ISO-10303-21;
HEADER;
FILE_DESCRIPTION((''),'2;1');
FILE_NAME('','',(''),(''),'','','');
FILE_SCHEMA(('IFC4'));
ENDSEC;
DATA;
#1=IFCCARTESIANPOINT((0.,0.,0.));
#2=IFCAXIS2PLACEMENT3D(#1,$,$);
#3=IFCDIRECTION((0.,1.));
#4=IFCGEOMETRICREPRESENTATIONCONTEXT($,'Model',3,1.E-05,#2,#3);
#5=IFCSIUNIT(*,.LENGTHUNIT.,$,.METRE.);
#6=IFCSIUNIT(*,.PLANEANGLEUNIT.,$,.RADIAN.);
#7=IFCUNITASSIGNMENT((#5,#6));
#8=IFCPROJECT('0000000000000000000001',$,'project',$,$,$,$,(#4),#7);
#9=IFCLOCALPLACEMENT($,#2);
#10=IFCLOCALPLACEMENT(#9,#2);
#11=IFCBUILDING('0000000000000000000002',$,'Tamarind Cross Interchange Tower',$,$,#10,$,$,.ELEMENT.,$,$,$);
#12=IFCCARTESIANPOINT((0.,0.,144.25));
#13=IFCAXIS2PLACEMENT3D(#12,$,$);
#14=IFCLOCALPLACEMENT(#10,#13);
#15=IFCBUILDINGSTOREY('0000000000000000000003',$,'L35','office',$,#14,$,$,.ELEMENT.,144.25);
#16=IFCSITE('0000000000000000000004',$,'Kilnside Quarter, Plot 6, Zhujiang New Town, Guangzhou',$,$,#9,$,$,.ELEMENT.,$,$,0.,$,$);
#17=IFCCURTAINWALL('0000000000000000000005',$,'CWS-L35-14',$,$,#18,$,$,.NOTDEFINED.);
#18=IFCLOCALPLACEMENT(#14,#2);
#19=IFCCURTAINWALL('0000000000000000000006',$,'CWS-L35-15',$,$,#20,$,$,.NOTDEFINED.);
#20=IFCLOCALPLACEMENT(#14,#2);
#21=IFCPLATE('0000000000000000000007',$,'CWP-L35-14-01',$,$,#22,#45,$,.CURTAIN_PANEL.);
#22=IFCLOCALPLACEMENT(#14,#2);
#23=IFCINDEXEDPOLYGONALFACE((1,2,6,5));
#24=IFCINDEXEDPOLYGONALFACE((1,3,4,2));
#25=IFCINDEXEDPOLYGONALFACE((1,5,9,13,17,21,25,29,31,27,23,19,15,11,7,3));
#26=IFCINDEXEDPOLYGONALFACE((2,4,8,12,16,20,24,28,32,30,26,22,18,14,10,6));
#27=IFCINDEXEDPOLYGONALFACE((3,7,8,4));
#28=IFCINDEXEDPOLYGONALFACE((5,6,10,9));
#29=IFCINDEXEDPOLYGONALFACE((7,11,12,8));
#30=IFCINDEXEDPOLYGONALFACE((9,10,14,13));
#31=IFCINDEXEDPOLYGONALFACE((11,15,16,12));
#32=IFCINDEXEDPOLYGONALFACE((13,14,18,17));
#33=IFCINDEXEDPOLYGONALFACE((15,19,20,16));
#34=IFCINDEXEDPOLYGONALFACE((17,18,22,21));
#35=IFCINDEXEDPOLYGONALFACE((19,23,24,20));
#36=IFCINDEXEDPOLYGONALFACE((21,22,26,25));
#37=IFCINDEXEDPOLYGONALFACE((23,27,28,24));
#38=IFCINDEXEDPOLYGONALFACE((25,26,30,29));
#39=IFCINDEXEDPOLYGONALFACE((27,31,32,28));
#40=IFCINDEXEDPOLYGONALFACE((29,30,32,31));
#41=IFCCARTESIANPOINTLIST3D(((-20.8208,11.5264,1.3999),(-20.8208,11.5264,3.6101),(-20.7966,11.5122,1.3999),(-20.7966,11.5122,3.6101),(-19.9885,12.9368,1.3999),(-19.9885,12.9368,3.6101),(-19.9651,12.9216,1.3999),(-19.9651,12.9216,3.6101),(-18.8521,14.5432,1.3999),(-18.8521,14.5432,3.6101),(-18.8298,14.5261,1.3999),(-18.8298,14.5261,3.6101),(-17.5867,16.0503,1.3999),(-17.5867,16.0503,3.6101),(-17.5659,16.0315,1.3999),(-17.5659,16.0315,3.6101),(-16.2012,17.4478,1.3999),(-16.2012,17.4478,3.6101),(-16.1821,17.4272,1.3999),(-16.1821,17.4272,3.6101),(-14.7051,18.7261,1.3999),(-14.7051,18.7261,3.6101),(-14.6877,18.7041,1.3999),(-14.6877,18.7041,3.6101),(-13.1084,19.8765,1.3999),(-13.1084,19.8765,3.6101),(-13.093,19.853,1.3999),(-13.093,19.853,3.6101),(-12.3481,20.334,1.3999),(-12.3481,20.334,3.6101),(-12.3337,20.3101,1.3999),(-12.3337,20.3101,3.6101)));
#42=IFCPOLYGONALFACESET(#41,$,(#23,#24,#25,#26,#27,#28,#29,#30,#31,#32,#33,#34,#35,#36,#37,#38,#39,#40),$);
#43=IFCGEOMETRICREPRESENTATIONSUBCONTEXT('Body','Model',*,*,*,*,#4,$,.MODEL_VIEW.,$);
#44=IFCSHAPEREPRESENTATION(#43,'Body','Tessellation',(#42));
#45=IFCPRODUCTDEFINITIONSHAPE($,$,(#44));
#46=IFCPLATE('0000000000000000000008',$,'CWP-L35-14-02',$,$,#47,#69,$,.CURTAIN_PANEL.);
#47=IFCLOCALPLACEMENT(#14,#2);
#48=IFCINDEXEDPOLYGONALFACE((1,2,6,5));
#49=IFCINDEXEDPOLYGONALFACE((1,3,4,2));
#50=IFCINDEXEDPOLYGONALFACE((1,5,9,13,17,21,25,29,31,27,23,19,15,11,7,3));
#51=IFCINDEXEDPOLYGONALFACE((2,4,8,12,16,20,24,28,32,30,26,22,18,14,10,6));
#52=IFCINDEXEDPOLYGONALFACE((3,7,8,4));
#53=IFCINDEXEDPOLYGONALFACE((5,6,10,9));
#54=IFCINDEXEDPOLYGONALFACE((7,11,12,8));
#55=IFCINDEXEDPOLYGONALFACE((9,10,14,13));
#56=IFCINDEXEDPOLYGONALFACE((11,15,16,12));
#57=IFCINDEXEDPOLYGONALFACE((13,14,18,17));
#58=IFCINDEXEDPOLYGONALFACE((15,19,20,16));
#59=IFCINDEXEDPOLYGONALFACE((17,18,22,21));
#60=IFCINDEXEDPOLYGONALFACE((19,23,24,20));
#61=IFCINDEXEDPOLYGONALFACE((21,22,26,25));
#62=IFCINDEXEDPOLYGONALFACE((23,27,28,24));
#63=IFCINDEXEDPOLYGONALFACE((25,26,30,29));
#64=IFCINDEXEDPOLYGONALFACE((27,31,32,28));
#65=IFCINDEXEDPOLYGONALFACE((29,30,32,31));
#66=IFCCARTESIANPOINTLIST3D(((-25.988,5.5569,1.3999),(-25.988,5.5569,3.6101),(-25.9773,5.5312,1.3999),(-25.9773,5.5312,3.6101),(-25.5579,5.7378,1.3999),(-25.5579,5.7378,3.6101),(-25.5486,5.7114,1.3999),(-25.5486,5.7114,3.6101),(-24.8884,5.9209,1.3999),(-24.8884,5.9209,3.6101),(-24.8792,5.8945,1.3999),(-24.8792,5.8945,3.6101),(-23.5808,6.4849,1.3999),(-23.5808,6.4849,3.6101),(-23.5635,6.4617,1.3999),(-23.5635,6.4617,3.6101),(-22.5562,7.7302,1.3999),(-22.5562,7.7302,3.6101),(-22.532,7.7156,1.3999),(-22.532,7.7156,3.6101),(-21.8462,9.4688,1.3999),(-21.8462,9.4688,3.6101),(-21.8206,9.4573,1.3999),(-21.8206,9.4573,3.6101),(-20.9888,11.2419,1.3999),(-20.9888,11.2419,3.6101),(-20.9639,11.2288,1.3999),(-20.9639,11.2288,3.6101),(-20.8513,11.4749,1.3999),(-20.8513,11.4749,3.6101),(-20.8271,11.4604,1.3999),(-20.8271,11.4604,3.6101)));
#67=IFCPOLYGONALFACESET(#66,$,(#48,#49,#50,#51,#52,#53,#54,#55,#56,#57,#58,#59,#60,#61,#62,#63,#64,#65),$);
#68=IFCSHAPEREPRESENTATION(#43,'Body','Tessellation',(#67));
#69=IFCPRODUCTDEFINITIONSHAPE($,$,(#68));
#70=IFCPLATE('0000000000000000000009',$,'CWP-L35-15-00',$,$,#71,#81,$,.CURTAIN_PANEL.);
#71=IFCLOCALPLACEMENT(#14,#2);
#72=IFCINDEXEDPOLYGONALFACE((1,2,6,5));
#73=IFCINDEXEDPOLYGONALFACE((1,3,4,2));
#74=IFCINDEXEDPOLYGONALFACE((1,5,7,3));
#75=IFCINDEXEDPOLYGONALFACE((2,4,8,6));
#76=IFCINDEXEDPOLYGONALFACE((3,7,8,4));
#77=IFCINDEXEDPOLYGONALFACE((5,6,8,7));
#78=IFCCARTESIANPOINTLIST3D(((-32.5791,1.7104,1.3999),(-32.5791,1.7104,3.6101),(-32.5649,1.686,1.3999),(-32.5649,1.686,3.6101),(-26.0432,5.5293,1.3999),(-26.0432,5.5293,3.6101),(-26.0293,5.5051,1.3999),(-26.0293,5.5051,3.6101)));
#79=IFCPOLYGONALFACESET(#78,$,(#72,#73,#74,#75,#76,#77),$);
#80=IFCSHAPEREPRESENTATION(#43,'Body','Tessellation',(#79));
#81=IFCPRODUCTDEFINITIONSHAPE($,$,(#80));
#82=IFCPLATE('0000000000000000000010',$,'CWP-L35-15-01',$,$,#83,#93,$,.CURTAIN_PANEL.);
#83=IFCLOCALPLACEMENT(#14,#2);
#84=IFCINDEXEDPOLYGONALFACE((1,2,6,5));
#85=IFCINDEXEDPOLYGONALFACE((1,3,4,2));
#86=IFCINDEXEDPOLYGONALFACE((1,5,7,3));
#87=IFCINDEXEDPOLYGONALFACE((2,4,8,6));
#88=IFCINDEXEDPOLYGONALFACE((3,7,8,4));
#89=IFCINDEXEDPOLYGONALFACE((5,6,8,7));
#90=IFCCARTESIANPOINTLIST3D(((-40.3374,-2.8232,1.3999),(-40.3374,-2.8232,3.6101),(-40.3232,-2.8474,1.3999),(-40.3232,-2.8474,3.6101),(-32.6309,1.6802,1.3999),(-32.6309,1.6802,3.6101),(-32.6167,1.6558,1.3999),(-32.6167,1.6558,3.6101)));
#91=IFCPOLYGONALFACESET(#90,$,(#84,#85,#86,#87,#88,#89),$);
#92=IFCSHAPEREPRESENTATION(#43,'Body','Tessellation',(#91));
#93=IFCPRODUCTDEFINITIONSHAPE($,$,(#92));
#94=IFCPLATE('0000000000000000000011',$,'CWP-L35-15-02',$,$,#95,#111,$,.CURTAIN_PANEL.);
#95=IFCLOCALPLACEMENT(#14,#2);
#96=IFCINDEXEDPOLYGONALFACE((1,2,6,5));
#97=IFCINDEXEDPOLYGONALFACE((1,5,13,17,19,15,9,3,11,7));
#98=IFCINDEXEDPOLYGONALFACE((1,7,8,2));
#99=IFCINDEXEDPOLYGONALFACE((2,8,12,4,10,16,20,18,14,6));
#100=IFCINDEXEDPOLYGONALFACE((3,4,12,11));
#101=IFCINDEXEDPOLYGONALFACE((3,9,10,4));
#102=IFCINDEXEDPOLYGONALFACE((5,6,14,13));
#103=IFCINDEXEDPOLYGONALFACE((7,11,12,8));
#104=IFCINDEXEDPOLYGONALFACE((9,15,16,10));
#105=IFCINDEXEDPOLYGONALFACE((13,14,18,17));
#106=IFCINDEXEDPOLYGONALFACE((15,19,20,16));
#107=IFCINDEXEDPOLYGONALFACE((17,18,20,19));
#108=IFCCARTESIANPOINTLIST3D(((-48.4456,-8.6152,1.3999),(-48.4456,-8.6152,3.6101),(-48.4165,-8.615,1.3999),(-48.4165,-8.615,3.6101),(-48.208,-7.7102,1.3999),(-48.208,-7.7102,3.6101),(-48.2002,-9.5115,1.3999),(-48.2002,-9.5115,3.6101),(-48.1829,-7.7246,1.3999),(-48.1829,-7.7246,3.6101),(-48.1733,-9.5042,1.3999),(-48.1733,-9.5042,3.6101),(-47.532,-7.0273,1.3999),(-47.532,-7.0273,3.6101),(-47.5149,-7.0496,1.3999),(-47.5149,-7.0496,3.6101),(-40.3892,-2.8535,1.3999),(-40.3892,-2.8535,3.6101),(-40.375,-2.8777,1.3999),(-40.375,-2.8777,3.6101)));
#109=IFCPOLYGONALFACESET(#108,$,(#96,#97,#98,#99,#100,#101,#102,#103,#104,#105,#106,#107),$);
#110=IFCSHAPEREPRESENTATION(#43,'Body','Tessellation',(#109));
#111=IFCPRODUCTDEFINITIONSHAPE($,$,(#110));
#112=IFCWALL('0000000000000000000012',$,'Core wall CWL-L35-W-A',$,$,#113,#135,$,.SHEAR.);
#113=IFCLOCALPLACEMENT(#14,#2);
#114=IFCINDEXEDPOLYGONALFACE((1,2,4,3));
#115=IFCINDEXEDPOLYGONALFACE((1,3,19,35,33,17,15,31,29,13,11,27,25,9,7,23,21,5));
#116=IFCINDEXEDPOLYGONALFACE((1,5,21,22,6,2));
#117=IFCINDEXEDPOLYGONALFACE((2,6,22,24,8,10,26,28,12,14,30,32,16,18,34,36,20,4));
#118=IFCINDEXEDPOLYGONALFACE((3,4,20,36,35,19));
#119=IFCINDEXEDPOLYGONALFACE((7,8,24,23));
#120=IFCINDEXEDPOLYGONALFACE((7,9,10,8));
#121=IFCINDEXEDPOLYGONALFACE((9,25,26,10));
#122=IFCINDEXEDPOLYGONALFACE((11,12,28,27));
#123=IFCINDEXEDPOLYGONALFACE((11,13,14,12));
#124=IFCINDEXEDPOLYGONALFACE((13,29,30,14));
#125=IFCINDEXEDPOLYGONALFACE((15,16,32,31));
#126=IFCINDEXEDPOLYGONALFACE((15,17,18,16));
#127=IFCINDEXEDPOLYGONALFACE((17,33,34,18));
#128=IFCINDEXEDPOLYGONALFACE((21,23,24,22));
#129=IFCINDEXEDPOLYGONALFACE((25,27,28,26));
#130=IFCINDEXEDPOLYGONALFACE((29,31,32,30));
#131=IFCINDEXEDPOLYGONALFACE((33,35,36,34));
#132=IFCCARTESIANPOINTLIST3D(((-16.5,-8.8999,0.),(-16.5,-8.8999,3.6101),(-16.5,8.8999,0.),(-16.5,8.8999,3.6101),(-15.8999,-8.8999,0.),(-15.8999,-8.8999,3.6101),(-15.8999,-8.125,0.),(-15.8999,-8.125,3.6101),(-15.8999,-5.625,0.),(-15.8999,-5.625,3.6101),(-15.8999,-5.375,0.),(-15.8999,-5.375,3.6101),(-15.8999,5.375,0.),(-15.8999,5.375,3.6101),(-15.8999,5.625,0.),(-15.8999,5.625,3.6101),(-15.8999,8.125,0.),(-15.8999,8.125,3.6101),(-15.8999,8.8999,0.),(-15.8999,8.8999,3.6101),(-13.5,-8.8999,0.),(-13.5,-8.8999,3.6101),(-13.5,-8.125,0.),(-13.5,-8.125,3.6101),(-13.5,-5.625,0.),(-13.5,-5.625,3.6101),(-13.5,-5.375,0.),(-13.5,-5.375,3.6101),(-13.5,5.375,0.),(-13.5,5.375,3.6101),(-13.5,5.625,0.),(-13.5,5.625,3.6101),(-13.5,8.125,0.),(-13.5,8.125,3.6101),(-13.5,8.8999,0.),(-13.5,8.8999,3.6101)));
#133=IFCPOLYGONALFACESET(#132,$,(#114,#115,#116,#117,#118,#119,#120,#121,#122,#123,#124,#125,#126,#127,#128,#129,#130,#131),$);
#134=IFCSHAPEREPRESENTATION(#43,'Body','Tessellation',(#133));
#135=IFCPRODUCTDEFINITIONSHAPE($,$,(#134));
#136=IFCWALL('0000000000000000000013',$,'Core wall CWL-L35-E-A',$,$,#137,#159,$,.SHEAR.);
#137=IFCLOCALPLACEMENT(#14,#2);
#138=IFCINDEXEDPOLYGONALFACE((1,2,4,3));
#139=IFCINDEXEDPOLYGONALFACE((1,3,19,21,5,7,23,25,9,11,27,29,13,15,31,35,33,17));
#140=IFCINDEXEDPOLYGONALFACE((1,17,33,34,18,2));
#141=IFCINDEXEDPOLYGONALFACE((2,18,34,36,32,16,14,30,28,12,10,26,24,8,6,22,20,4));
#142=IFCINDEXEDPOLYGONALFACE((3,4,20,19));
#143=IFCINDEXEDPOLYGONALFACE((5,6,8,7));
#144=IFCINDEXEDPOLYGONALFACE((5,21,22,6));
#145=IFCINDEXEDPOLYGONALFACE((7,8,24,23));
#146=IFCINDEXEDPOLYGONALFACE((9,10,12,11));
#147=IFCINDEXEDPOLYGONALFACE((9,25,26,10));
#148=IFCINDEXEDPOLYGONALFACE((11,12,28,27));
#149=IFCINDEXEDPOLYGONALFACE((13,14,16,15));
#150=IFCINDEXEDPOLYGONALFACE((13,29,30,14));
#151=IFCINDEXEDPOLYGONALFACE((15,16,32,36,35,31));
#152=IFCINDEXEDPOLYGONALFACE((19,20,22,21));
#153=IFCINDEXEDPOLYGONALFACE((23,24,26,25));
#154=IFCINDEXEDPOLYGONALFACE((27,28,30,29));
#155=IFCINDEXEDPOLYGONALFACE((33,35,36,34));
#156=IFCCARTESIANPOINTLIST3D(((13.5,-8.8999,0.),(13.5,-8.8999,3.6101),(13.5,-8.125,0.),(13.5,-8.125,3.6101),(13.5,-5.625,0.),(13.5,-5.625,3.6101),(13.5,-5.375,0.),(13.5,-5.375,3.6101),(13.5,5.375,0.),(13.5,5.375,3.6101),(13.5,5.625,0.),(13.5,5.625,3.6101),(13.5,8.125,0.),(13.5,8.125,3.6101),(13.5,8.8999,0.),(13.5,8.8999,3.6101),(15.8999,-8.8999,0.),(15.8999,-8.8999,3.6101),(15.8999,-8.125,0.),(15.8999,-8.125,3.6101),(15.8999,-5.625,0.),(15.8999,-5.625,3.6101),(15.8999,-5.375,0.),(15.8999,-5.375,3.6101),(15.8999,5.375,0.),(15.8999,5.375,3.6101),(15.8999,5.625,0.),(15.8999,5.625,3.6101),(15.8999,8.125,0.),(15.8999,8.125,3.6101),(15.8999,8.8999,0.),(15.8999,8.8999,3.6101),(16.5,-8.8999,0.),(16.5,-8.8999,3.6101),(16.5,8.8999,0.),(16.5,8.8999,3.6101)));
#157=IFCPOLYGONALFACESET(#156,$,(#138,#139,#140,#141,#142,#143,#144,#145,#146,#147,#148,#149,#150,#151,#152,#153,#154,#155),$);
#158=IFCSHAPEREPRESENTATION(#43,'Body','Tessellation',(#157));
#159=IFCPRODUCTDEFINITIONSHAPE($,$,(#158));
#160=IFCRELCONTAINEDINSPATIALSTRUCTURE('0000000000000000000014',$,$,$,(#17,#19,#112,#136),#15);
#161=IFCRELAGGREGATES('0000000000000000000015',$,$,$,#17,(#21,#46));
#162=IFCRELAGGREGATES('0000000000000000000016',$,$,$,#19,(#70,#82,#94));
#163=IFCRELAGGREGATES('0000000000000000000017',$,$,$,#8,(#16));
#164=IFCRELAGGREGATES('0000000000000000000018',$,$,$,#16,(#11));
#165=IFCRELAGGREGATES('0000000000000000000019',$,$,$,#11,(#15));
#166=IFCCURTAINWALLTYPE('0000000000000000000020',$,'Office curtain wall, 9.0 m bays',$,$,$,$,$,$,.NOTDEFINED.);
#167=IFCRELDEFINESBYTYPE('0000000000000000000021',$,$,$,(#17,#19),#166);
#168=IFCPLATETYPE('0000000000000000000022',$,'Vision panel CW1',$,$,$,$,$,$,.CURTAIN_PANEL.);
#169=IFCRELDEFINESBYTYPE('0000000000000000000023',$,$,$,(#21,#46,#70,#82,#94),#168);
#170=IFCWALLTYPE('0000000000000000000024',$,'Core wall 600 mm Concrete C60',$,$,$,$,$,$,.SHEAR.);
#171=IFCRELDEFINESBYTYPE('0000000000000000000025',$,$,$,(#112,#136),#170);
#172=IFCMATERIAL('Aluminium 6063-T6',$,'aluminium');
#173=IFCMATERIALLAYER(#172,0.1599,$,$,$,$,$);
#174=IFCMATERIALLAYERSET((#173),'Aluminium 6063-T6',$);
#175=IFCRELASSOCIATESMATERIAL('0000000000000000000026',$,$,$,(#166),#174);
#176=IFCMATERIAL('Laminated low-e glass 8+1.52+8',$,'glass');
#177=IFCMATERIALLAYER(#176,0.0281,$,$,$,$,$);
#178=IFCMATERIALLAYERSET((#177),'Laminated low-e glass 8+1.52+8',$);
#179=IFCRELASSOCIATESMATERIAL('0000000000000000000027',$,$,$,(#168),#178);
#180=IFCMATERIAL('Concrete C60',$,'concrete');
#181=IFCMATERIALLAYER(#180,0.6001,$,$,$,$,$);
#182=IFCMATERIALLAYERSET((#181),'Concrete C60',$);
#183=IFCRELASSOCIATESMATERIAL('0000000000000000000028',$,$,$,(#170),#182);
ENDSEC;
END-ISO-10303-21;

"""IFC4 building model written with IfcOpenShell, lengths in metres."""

from ifc_helpers import new_model, si_unit, direction, frame, origin, place, context, subcontext, project, spatial, polyline, outline, extrude, material, layer, layer_set, type_object, element, aggregate, save


model = new_model("IFC4")

# Units and contexts
model_context = context("Model", 3, precision=1e-05, world=origin(), true_north=direction((0.0, 1.0)))
body_context = subcontext(model_context, "Body", "Model", "MODEL_VIEW")
ifc_project = project(units=[si_unit("LENGTHUNIT", "METRE"), si_unit("PLANEANGLEUNIT", "RADIAN")], contexts=[model_context])

# Site, building, storey
site_placement = place(None, origin())
site = spatial("IfcSite", under=ifc_project, at=site_placement, Name="Kilnside Quarter, Plot 6, Zhujiang New Town, Guangzhou", CompositionType="ELEMENT", RefElevation=0.0)
building_placement = place(site_placement, origin())
building = spatial("IfcBuilding", under=site, at=building_placement, Name="Tamarind Cross Interchange Tower", CompositionType="ELEMENT")
storey_placement = place(building_placement, frame((0.0, 0.0, 144.25)))
storey = spatial("IfcBuildingStorey", under=building, at=storey_placement, Name="L35", Description="office", CompositionType="ELEMENT", Elevation=144.25)

# Curtain walls
ifc_material_1 = material(Name="Aluminium 6063-T6", Category="aluminium")
ifc_layer_1 = layer(ifc_material_1, 0.1599)
ifc_layer_set_1 = layer_set([ifc_layer_1], Name="Aluminium 6063-T6")
curtain_wall_type = type_object("IfcCurtainWallType", Name="Office curtain wall, 9.0 m bays", PredefinedType="NOTDEFINED", material=ifc_layer_set_1)
curtain_wall_1_placement = place(storey_placement, origin())
curtain_wall_1 = element("IfcCurtainWall", 1, at=curtain_wall_1_placement, inside=storey, type_object=curtain_wall_type, Name="CWS-L35-14", PredefinedType="NOTDEFINED")
curtain_wall_2_placement = place(storey_placement, origin())
curtain_wall_2 = element("IfcCurtainWall", 2, at=curtain_wall_2_placement, inside=storey, type_object=curtain_wall_type, Name="CWS-L35-15", PredefinedType="NOTDEFINED")

# Plates
ifc_material_2 = material(Name="Laminated low-e glass 8+1.52+8", Category="glass")
ifc_layer_2 = layer(ifc_material_2, 0.0281)
ifc_layer_set_2 = layer_set([ifc_layer_2], Name="Laminated low-e glass 8+1.52+8")
plate_type = type_object("IfcPlateType", Name="Vision panel CW1", PredefinedType="CURTAIN_PANEL", material=ifc_layer_set_2)
plate_1_placement = place(storey_placement, frame((0.0, 0.0, 1.3999)))
plate_1 = element("IfcPlate", 3, at=plate_1_placement, type_object=plate_type, Name="CWP-L35-14-01", PredefinedType="CURTAIN_PANEL", context=body_context, shape_type="SweptSolid", body=[
    extrude(outline(polyline([(-12.3337, 20.3101), (-13.093, 19.853), (-14.6877, 18.7041), (-16.1821, 17.4272), (-17.5659, 16.0315), (-18.8298, 14.5261), (-19.9651, 12.9216), (-20.7966, 11.5122), (-20.8208, 11.5264), (-19.9885, 12.9368), (-18.8521, 14.5432), (-17.5867, 16.0503), (-16.2012, 17.4478), (-14.7051, 18.7261), (-13.1084, 19.8765), (-12.3481, 20.334), (-12.3337, 20.3101)])), origin(), (0.0, 0.0, 1.0), 2.2102),
])
plate_2_placement = place(storey_placement, frame((0.0, 0.0, 1.3999)))
plate_2 = element("IfcPlate", 4, at=plate_2_placement, type_object=plate_type, Name="CWP-L35-14-02", PredefinedType="CURTAIN_PANEL", context=body_context, shape_type="SweptSolid", body=[
    extrude(outline(polyline([(-20.8271, 11.4604), (-20.9639, 11.2288), (-21.8206, 9.4573), (-22.532, 7.7156), (-23.5635, 6.4617), (-24.8792, 5.8945), (-25.5486, 5.7114), (-25.9773, 5.5312), (-25.988, 5.5569), (-25.5579, 5.7378), (-24.8884, 5.9209), (-23.5808, 6.4849), (-22.5562, 7.7302), (-21.8462, 9.4688), (-20.9888, 11.2419), (-20.8513, 11.4749), (-20.8271, 11.4604)])), origin(), (0.0, 0.0, 1.0), 2.2102),
])
aggregate(curtain_wall_1, [plate_1, plate_2])
plate_3_placement = place(storey_placement, frame((0.0, 0.0, 1.3999)))
plate_3 = element("IfcPlate", 5, at=plate_3_placement, type_object=plate_type, Name="CWP-L35-15-00", PredefinedType="CURTAIN_PANEL", context=body_context, shape_type="SweptSolid", body=[
    extrude(outline(polyline([(-26.0293, 5.5051), (-32.5649, 1.686), (-32.5791, 1.7104), (-26.0432, 5.5293), (-26.0293, 5.5051)])), origin(), (0.0, 0.0, 1.0), 2.2102),
])
plate_4_placement = place(storey_placement, frame((0.0, 0.0, 1.3999)))
plate_4 = element("IfcPlate", 6, at=plate_4_placement, type_object=plate_type, Name="CWP-L35-15-01", PredefinedType="CURTAIN_PANEL", context=body_context, shape_type="SweptSolid", body=[
    extrude(outline(polyline([(-32.6167, 1.6558), (-40.3232, -2.8474), (-40.3374, -2.8232), (-32.6309, 1.6802), (-32.6167, 1.6558)])), origin(), (0.0, 0.0, 1.0), 2.2102),
])
plate_5_placement = place(storey_placement, frame((0.0, 0.0, 1.3999)))
plate_5 = element("IfcPlate", 7, at=plate_5_placement, type_object=plate_type, Name="CWP-L35-15-02", PredefinedType="CURTAIN_PANEL", context=body_context, shape_type="SweptSolid", body=[
    extrude(outline(polyline([(-40.375, -2.8777), (-47.5149, -7.0496), (-48.1829, -7.7246), (-48.4165, -8.615), (-48.1733, -9.5042), (-48.2002, -9.5115), (-48.4456, -8.6152), (-48.208, -7.7102), (-47.532, -7.0273), (-40.3892, -2.8535), (-40.375, -2.8777)])), origin(), (0.0, 0.0, 1.0), 2.2102),
])
aggregate(curtain_wall_2, [plate_3, plate_4, plate_5])

# Walls
ifc_material_3 = material(Name="Concrete C60", Category="concrete")
ifc_layer_3 = layer(ifc_material_3, 0.6001)
ifc_layer_set_3 = layer_set([ifc_layer_3], Name="Concrete C60")
wall_type_1 = type_object("IfcWallType", Name="Core wall 600 mm Concrete C60", PredefinedType="SHEAR", material=ifc_layer_set_3)
wall_1_placement = place(storey_placement, origin())
element("IfcWall", 8, at=wall_1_placement, inside=storey, type_object=wall_type_1, Name="Core wall CWL-L35-W-A", PredefinedType="SHEAR", context=body_context, shape_type="SweptSolid", body=[
    extrude(outline(polyline([(-13.5, -8.125), (-15.8999, -8.125), (-15.8999, -5.625), (-13.5, -5.625), (-13.5, -5.375), (-15.8999, -5.375), (-15.8999, 5.375), (-13.5, 5.375), (-13.5, 5.625), (-15.8999, 5.625), (-15.8999, 8.125), (-13.5, 8.125), (-13.5, 8.8999), (-15.8999, 8.8999), (-16.5, 8.8999), (-16.5, -8.8999), (-15.8999, -8.8999), (-13.5, -8.8999), (-13.5, -8.125)])), origin(), (0.0, 0.0, 1.0), 3.6101),
])
wall_2_placement = place(storey_placement, origin())
element("IfcWall", 9, at=wall_2_placement, inside=storey, type_object=wall_type_1, Name="Core wall CWL-L35-E-A", PredefinedType="SHEAR", context=body_context, shape_type="SweptSolid", body=[
    extrude(outline(polyline([(13.5, -8.125), (13.5, -8.8999), (15.8999, -8.8999), (16.5, -8.8999), (16.5, 8.8999), (15.8999, 8.8999), (13.5, 8.8999), (13.5, 8.125), (15.8999, 8.125), (15.8999, 5.625), (13.5, 5.625), (13.5, 5.375), (15.8999, 5.375), (15.8999, -5.375), (13.5, -5.375), (13.5, -5.625), (15.8999, -5.625), (15.8999, -8.125), (13.5, -8.125)])), origin(), (0.0, 0.0, 1.0), 3.6101),
])

save(model, "model.ifc")
